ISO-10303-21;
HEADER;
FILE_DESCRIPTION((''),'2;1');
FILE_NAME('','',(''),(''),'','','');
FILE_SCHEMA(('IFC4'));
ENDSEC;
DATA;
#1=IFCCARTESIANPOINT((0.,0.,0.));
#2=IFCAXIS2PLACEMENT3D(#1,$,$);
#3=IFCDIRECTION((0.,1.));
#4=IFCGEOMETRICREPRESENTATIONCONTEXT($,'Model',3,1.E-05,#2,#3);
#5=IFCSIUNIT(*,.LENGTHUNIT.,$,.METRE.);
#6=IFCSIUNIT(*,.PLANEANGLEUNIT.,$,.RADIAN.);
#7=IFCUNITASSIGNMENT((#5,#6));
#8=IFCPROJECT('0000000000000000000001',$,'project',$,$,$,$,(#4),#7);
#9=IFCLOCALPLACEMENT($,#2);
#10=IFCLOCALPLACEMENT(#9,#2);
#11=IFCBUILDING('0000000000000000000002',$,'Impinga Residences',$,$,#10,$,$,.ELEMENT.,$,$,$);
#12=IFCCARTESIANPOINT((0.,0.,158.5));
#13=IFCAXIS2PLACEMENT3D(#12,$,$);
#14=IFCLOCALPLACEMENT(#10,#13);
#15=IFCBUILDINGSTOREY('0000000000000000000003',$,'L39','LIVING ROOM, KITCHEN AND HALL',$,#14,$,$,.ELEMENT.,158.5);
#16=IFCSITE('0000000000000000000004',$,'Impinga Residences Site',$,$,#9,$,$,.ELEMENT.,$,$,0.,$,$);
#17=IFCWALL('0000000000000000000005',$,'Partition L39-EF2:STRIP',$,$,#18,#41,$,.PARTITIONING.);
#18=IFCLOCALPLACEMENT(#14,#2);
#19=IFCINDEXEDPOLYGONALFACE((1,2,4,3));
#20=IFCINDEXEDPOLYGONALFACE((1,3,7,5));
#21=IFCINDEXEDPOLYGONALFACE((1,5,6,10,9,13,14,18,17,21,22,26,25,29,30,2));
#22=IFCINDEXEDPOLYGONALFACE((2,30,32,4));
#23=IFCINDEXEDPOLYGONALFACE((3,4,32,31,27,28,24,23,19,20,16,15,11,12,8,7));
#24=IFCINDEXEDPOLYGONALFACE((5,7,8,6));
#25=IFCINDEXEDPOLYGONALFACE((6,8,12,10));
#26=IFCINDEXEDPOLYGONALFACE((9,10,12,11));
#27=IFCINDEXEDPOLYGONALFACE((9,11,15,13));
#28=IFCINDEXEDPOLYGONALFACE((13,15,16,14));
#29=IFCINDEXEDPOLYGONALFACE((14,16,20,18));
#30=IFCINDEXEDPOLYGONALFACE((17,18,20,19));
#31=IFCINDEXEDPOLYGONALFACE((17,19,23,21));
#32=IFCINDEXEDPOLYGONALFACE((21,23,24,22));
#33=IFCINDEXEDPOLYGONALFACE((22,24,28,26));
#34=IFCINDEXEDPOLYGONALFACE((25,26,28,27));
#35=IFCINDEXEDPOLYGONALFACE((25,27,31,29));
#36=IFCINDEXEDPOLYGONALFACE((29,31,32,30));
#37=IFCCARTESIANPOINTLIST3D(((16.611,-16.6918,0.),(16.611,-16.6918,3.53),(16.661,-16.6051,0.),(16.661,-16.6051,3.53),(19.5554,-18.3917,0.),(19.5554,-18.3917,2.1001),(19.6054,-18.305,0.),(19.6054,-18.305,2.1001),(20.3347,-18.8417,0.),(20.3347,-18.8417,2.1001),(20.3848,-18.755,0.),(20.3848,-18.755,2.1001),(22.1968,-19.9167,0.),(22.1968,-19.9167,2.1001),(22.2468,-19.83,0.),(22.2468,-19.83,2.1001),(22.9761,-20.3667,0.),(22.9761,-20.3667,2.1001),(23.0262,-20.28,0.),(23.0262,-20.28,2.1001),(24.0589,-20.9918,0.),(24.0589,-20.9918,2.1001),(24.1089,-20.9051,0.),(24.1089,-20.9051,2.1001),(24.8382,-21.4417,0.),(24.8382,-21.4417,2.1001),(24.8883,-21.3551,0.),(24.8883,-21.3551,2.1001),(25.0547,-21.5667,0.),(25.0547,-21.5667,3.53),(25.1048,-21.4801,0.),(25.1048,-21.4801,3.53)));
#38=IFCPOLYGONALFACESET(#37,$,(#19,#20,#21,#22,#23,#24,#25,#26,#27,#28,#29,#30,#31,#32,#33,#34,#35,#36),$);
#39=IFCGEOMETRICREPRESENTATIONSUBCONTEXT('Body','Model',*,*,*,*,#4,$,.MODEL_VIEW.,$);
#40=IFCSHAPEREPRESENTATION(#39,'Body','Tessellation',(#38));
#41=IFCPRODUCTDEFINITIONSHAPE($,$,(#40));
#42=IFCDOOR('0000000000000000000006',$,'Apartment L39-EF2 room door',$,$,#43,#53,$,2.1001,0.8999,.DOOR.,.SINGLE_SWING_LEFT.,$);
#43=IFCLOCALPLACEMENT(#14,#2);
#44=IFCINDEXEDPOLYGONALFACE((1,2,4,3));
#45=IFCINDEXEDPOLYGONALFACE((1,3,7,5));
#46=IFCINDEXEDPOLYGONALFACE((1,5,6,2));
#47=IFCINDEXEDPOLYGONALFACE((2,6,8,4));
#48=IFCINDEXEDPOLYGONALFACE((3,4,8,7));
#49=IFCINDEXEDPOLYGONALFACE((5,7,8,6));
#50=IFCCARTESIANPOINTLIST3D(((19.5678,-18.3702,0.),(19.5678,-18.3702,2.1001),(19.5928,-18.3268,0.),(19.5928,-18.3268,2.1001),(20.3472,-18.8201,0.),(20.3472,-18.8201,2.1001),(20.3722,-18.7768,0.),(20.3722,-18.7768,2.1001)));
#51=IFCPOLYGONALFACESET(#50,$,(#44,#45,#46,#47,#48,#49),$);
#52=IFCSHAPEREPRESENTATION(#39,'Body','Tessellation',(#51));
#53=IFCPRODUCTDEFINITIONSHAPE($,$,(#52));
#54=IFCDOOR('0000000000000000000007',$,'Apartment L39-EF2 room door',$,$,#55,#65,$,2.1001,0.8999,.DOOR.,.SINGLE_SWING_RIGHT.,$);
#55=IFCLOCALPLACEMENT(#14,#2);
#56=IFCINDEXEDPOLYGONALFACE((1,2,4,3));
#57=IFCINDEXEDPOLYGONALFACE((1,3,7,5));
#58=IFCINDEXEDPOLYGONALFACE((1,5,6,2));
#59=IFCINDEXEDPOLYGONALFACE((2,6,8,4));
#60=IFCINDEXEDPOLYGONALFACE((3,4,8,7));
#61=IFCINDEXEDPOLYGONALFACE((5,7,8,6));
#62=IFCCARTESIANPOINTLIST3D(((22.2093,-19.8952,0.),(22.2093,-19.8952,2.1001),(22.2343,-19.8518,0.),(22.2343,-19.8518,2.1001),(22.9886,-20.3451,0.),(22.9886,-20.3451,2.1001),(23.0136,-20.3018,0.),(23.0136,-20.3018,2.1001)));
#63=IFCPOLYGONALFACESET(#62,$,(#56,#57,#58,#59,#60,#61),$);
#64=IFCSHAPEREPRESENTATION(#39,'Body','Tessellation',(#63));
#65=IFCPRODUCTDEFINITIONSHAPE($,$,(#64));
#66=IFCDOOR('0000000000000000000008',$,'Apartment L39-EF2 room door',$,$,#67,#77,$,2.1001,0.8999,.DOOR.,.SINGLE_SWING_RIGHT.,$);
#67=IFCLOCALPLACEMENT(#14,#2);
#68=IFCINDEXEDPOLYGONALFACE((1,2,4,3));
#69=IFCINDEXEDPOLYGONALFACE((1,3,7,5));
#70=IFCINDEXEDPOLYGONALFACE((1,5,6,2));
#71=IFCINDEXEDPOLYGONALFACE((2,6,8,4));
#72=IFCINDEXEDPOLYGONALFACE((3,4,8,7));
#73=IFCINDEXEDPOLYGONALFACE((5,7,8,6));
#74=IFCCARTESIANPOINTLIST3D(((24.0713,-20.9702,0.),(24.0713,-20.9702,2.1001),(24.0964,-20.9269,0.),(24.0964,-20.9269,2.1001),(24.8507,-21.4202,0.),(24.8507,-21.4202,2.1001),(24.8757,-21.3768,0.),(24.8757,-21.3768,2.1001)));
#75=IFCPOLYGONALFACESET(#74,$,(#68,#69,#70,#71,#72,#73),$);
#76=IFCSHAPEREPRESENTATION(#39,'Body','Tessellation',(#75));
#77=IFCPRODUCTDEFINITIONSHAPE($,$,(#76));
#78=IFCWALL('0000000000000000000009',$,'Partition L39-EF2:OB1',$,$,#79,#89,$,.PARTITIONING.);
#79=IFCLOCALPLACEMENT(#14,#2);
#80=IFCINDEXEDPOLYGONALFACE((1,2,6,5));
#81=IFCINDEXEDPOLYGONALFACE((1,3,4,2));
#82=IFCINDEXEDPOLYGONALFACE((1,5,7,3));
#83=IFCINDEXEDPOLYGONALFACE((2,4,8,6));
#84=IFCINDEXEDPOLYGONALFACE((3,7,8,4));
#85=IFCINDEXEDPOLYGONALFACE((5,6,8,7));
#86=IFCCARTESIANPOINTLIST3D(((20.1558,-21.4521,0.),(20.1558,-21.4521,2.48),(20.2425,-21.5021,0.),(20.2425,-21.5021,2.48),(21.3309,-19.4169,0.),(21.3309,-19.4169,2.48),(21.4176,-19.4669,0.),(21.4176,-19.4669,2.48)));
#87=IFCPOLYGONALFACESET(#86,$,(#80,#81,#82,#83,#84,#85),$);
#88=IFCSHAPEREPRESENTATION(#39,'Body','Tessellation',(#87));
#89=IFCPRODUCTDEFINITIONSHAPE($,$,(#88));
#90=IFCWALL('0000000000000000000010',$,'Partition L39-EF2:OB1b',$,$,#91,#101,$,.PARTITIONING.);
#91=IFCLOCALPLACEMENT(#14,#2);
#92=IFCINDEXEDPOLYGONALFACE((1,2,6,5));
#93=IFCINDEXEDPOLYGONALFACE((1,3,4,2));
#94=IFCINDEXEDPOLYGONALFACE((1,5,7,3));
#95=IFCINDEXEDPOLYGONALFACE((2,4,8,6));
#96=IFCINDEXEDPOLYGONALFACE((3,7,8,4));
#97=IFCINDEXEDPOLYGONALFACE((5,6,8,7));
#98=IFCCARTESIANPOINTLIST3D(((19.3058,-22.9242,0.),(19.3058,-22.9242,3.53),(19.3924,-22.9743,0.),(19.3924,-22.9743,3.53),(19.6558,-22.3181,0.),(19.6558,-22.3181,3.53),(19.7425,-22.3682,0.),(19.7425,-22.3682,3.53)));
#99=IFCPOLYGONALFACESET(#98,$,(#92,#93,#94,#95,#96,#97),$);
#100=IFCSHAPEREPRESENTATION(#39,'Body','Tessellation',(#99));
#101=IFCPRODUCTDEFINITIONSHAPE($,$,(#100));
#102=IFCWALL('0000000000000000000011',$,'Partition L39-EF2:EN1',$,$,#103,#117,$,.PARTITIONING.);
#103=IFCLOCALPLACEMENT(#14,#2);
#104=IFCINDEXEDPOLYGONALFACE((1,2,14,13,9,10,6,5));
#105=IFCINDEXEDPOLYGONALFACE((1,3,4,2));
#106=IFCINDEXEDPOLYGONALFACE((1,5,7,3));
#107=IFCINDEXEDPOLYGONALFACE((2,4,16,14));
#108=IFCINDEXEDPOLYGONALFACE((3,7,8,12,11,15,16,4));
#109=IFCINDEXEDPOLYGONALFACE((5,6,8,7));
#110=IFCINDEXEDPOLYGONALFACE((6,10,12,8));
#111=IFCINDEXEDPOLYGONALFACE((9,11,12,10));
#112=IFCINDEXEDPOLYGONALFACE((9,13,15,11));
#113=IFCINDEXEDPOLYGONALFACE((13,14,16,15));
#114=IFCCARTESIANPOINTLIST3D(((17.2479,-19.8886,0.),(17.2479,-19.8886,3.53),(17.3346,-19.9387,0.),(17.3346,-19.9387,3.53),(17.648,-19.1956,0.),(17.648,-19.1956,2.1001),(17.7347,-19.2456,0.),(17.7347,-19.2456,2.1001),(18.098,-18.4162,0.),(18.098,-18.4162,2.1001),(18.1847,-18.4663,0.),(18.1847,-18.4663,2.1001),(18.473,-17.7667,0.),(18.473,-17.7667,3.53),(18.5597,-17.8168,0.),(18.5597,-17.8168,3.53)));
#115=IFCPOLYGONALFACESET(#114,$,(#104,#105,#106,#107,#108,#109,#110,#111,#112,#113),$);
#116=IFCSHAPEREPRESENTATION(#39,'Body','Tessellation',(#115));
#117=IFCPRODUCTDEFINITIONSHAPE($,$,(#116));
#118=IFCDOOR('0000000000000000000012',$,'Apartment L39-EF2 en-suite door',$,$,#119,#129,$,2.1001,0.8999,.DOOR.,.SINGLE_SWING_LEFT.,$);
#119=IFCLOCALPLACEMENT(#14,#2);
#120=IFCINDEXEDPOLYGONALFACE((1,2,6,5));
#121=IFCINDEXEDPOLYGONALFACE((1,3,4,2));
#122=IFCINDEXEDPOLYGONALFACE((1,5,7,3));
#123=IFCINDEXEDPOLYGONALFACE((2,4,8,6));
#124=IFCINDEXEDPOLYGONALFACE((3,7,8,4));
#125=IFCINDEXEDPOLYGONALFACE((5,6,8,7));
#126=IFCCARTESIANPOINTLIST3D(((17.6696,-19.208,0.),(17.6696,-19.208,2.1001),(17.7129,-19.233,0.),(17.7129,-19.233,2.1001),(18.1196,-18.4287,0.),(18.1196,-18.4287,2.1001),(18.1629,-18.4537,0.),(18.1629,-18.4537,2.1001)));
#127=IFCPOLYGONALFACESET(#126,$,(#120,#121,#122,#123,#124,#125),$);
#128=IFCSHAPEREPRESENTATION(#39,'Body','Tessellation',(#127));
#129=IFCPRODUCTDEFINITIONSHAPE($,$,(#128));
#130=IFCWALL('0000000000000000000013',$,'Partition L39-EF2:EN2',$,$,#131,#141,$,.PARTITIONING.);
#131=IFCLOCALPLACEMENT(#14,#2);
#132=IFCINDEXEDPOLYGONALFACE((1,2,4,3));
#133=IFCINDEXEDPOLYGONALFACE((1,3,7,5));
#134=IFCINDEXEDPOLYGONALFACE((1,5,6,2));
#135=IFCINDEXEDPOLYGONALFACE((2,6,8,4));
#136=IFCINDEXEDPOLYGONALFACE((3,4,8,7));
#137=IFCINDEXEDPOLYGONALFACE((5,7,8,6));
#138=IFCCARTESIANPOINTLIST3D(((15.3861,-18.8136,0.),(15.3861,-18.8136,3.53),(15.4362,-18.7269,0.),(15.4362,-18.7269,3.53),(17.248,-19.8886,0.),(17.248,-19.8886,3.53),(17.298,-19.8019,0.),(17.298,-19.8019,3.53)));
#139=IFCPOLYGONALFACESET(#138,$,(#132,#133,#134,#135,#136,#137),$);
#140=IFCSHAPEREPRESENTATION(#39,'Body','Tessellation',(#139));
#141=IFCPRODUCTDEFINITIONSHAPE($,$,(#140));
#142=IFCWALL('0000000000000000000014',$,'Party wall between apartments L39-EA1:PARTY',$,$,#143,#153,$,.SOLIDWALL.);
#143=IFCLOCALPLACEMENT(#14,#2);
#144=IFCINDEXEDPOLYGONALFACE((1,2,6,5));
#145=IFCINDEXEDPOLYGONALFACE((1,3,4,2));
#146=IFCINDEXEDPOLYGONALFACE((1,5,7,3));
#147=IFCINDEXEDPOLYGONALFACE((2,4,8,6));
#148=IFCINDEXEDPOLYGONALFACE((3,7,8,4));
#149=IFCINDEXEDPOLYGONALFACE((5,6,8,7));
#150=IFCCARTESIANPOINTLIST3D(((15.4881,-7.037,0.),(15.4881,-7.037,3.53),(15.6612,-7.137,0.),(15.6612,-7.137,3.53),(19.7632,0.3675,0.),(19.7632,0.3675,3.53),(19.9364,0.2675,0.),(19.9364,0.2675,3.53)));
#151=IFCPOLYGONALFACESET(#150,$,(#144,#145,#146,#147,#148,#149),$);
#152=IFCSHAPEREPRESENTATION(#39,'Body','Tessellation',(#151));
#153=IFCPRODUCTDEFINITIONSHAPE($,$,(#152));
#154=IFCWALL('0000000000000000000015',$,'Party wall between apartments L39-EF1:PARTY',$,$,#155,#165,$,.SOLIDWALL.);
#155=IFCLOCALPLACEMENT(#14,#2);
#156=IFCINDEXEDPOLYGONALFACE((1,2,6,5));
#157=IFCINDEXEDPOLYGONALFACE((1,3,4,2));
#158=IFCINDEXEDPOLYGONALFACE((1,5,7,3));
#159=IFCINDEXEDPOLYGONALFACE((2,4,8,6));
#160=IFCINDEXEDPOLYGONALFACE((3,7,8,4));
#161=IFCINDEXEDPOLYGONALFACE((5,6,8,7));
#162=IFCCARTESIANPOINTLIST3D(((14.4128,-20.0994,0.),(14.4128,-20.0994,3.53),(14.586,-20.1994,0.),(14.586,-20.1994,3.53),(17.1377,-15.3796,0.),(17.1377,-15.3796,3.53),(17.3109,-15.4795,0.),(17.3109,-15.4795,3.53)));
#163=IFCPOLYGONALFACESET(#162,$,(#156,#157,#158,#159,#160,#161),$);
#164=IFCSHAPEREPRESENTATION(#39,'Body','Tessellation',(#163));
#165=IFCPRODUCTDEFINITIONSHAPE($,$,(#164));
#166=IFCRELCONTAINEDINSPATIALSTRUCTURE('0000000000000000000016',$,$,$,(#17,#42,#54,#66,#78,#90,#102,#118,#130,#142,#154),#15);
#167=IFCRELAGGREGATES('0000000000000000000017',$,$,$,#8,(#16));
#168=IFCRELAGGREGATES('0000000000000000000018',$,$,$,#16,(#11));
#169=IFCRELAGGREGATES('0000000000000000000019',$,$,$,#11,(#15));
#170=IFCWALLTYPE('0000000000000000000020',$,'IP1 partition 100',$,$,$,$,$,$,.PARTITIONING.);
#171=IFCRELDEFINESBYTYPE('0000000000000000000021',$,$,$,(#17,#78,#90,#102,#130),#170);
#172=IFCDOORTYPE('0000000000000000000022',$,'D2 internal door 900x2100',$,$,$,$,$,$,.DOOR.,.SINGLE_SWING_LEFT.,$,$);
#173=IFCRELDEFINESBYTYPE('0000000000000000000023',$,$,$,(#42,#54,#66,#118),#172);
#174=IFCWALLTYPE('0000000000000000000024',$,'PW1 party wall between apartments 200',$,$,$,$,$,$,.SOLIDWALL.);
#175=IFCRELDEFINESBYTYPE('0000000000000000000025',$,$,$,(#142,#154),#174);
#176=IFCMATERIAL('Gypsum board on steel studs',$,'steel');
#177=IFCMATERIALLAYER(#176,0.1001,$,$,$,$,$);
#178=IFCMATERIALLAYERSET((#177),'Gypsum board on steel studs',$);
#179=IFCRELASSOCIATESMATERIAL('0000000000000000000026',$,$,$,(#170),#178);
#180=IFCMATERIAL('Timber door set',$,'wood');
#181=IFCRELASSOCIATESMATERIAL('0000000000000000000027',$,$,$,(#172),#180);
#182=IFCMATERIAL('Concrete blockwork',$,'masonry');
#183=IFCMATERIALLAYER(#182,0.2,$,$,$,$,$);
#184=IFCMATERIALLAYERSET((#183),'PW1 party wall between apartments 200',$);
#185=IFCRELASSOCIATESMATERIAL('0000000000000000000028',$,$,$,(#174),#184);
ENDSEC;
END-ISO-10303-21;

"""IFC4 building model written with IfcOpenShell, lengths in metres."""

from ifc_helpers import new_model, si_unit, direction, frame, frame_2d, origin, place, context, subcontext, project, spatial, rectangle, extrude, material, layer, layer_set, type_object, element, fill, save


model = new_model("IFC4")

# Units and contexts
model_context = context("Model", 3, precision=1e-05, world=origin(), true_north=direction((0.0, 1.0)))
body_context = subcontext(model_context, "Body", "Model", "MODEL_VIEW")
ifc_project = project(units=[si_unit("LENGTHUNIT", "METRE"), si_unit("PLANEANGLEUNIT", "RADIAN")], contexts=[model_context])

# Site, building, storey
site_placement = place(None, origin())
site = spatial("IfcSite", under=ifc_project, at=site_placement, Name="Impinga Residences Site", CompositionType="ELEMENT", RefElevation=0.0)
building_placement = place(site_placement, origin())
building = spatial("IfcBuilding", under=site, at=building_placement, Name="Impinga Residences", CompositionType="ELEMENT")
storey_placement = place(building_placement, frame((0.0, 0.0, 158.5)))
storey = spatial("IfcBuildingStorey", under=building, at=storey_placement, Name="L39", Description="LIVING ROOM, KITCHEN AND HALL", CompositionType="ELEMENT", Elevation=158.5)

# Shared definitions
ifc_material_1 = material(Name="Gypsum board on steel studs", Category="steel")
ifc_layer_1 = layer(ifc_material_1, 0.1001)
ifc_layer_set_1 = layer_set([ifc_layer_1], Name="Gypsum board on steel studs")
wall_type_1 = type_object("IfcWallType", Name="IP1 partition 100", PredefinedType="PARTITIONING", material=ifc_layer_set_1)

# Shared definitions
ifc_material_2 = material(Name="Timber door set", Category="wood")
door_type = type_object("IfcDoorType", Name="D2 internal door 900x2100", OperationType="SINGLE_SWING_LEFT", PredefinedType="DOOR", material=ifc_material_2)

# Wall, openings, doors
wall_1_placement = place(storey_placement, frame((16.636, -16.6484, 0.0), z_axis=(0.0, 0.0, 1.0), x_axis=(0.866028, -0.499996, 0.0)))
wall_1 = element("IfcWall", 1, at=wall_1_placement, inside=storey, type_object=wall_type_1, Name="Partition L39-EF2:STRIP", PredefinedType="PARTITIONING", context=body_context, shape_type="SweptSolid", body=[
    extrude(rectangle(XDim=9.75, YDim=0.1001, at=frame_2d((4.875, 0.0))), origin(), (0.0, 0.0, 1.0), 3.53),
])
opening_1_placement = place(wall_1_placement, frame((3.3999, 0.0, 0.0)))
opening_1 = element("IfcOpeningElement", 2, at=opening_1_placement, cuts=wall_1, PredefinedType="OPENING", context=body_context, shape_type="SweptSolid", body=[
    extrude(rectangle(XDim=0.8999, YDim=2.1001, at=frame_2d((0.45, 1.05))), frame((0.0, 0.0601, 0.0), z_axis=(0.0, -1.0, 0.0), x_axis=(1.0, 0.0, 0.0)), (0.0, 0.0, 1.0), 0.1201),
])
opening_2_placement = place(wall_1_placement, frame((6.45, 0.0, 0.0)))
opening_2 = element("IfcOpeningElement", 3, at=opening_2_placement, cuts=wall_1, PredefinedType="OPENING", context=body_context, shape_type="SweptSolid", body=[
    extrude(rectangle(XDim=0.8999, YDim=2.1001, at=frame_2d((0.45, 1.05))), frame((0.0, 0.0601, 0.0), z_axis=(0.0, -1.0, 0.0), x_axis=(1.0, 0.0, 0.0)), (0.0, 0.0, 1.0), 0.1201),
])
opening_3_placement = place(wall_1_placement, frame((8.6001, 0.0, 0.0)))
opening_3 = element("IfcOpeningElement", 4, at=opening_3_placement, cuts=wall_1, PredefinedType="OPENING", context=body_context, shape_type="SweptSolid", body=[
    extrude(rectangle(XDim=0.8999, YDim=2.1001, at=frame_2d((0.45, 1.05))), frame((0.0, 0.0601, 0.0), z_axis=(0.0, -1.0, 0.0), x_axis=(1.0, 0.0, 0.0)), (0.0, 0.0, 1.0), 0.1201),
])
door_1_placement = place(opening_1_placement, origin())
door_1 = element("IfcDoor", 5, at=door_1_placement, inside=storey, type_object=door_type, Name="Apartment L39-EF2 room door", OperationType="SINGLE_SWING_LEFT", OverallHeight=2.1001, OverallWidth=0.8999, PredefinedType="DOOR", context=body_context, shape_type="SweptSolid", body=[
    extrude(rectangle(XDim=0.8999, YDim=2.1001, at=frame_2d((0.45, 1.05))), frame((0.0, 0.0249, 0.0), z_axis=(0.0, -1.0, 0.0), x_axis=(1.0, 0.0, 0.0)), (0.0, 0.0, 1.0), 0.05),
])
fill(opening_1, door_1)
door_2_placement = place(opening_2_placement, origin())
door_2 = element("IfcDoor", 6, at=door_2_placement, inside=storey, type_object=door_type, Name="Apartment L39-EF2 room door", OperationType="SINGLE_SWING_RIGHT", OverallHeight=2.1001, OverallWidth=0.8999, PredefinedType="DOOR", context=body_context, shape_type="SweptSolid", body=[
    extrude(rectangle(XDim=0.8999, YDim=2.1001, at=frame_2d((0.45, 1.05))), frame((0.0, 0.0249, 0.0), z_axis=(0.0, -1.0, 0.0), x_axis=(1.0, 0.0, 0.0)), (0.0, 0.0, 1.0), 0.05),
])
fill(opening_2, door_2)
door_3_placement = place(opening_3_placement, origin())
door_3 = element("IfcDoor", 7, at=door_3_placement, inside=storey, type_object=door_type, Name="Apartment L39-EF2 room door", OperationType="SINGLE_SWING_RIGHT", OverallHeight=2.1001, OverallWidth=0.8999, PredefinedType="DOOR", context=body_context, shape_type="SweptSolid", body=[
    extrude(rectangle(XDim=0.8999, YDim=2.1001, at=frame_2d((0.45, 1.05))), frame((0.0, 0.0249, 0.0), z_axis=(0.0, -1.0, 0.0), x_axis=(1.0, 0.0, 0.0)), (0.0, 0.0, 1.0), 0.05),
])
fill(opening_3, door_3)

# Walls
wall_2_placement = place(storey_placement, frame((21.3743, -19.4419, 0.0), z_axis=(0.0, 0.0, 1.0), x_axis=(-0.500016, -0.866016, 0.0)))
element("IfcWall", 8, at=wall_2_placement, inside=storey, type_object=wall_type_1, Name="Partition L39-EF2:OB1", PredefinedType="PARTITIONING", context=body_context, shape_type="SweptSolid", body=[
    extrude(rectangle(XDim=2.3501, YDim=0.1001, at=frame_2d((1.175, 0.0))), origin(), (0.0, 0.0, 1.0), 2.48),
])
wall_3_placement = place(storey_placement, frame((19.6992, -22.343, 0.0), z_axis=(0.0, 0.0, 1.0), x_axis=(-0.500115, -0.865959, 0.0)))
element("IfcWall", 9, at=wall_3_placement, inside=storey, type_object=wall_type_1, Name="Partition L39-EF2:OB1b", PredefinedType="PARTITIONING", context=body_context, shape_type="SweptSolid", body=[
    extrude(rectangle(XDim=0.7, YDim=0.1001, at=frame_2d((0.3501, 0.0))), origin(), (0.0, 0.0, 1.0), 3.53),
])

# Wall, opening, door
wall_4_placement = place(storey_placement, frame((18.5164, -17.7917, 0.0), z_axis=(0.0, 0.0, 1.0), x_axis=(-0.500019, -0.866015, 0.0)))
wall_4 = element("IfcWall", 10, at=wall_4_placement, inside=storey, type_object=wall_type_1, Name="Partition L39-EF2:EN1", PredefinedType="PARTITIONING", context=body_context, shape_type="SweptSolid", body=[
    extrude(rectangle(XDim=2.4502, YDim=0.1001, at=frame_2d((1.2251, 0.0))), origin(), (0.0, 0.0, 1.0), 3.53),
])
opening_4_placement = place(wall_4_placement, frame((0.75, 0.0, 0.0)))
opening_4 = element("IfcOpeningElement", 11, at=opening_4_placement, cuts=wall_4, PredefinedType="OPENING", context=body_context, shape_type="SweptSolid", body=[
    extrude(rectangle(XDim=0.8999, YDim=2.1001, at=frame_2d((0.45, 1.05))), frame((0.0, 0.0601, 0.0), z_axis=(0.0, -1.0, 0.0), x_axis=(1.0, 0.0, 0.0)), (0.0, 0.0, 1.0), 0.1201),
])
door_4_placement = place(opening_4_placement, origin())
door_4 = element("IfcDoor", 12, at=door_4_placement, inside=storey, type_object=door_type, Name="Apartment L39-EF2 en-suite door", OperationType="SINGLE_SWING_LEFT", OverallHeight=2.1001, OverallWidth=0.8999, PredefinedType="DOOR", context=body_context, shape_type="SweptSolid", body=[
    extrude(rectangle(XDim=0.8999, YDim=2.1001, at=frame_2d((0.45, 1.05))), frame((0.0, 0.0249, 0.0), z_axis=(0.0, -1.0, 0.0), x_axis=(1.0, 0.0, 0.0)), (0.0, 0.0, 1.0), 0.05),
])
fill(opening_4, door_4)

# Walls
wall_5_placement = place(storey_placement, frame((15.4111, -18.7703, 0.0), z_axis=(0.0, 0.0, 1.0), x_axis=(0.866019, -0.500011, 0.0)))
element("IfcWall", 13, at=wall_5_placement, inside=storey, type_object=wall_type_1, Name="Partition L39-EF2:EN2", PredefinedType="PARTITIONING", context=body_context, shape_type="SweptSolid", body=[
    extrude(rectangle(XDim=2.1499, YDim=0.1001, at=frame_2d((1.075, 0.0))), origin(), (0.0, 0.0, 1.0), 3.53),
])
ifc_material_3 = material(Name="Concrete blockwork", Category="masonry")
ifc_layer_2 = layer(ifc_material_3, 0.2)
ifc_layer_set_2 = layer_set([ifc_layer_2], Name="PW1 party wall between apartments 200")
wall_type_2 = type_object("IfcWallType", Name="PW1 party wall between apartments 200", PredefinedType="SOLIDWALL", material=ifc_layer_set_2)
wall_6_placement = place(storey_placement, frame((15.5747, -7.0869, 0.0), z_axis=(0.0, 0.0, 1.0), x_axis=(0.500012, 0.866019, 0.0)))
element("IfcWall", 14, at=wall_6_placement, inside=storey, type_object=wall_type_2, Name="Party wall between apartments L39-EA1:PARTY", PredefinedType="SOLIDWALL", context=body_context, shape_type="SweptSolid", body=[
    extrude(rectangle(XDim=8.55, YDim=0.2, at=frame_2d((4.2749, 0.0))), origin(), (0.0, 0.0, 1.0), 3.53),
])
wall_7_placement = place(storey_placement, frame((17.2244, -15.4294, 0.0), z_axis=(0.0, 0.0, 1.0), x_axis=(-0.499989, -0.866032, 0.0)))
element("IfcWall", 15, at=wall_7_placement, inside=storey, type_object=wall_type_2, Name="Party wall between apartments L39-EF1:PARTY", PredefinedType="SOLIDWALL", context=body_context, shape_type="SweptSolid", body=[
    extrude(rectangle(XDim=5.45, YDim=0.2, at=frame_2d((2.7251, 0.0))), origin(), (0.0, 0.0, 1.0), 3.53),
])

save(model, "model.ifc")
